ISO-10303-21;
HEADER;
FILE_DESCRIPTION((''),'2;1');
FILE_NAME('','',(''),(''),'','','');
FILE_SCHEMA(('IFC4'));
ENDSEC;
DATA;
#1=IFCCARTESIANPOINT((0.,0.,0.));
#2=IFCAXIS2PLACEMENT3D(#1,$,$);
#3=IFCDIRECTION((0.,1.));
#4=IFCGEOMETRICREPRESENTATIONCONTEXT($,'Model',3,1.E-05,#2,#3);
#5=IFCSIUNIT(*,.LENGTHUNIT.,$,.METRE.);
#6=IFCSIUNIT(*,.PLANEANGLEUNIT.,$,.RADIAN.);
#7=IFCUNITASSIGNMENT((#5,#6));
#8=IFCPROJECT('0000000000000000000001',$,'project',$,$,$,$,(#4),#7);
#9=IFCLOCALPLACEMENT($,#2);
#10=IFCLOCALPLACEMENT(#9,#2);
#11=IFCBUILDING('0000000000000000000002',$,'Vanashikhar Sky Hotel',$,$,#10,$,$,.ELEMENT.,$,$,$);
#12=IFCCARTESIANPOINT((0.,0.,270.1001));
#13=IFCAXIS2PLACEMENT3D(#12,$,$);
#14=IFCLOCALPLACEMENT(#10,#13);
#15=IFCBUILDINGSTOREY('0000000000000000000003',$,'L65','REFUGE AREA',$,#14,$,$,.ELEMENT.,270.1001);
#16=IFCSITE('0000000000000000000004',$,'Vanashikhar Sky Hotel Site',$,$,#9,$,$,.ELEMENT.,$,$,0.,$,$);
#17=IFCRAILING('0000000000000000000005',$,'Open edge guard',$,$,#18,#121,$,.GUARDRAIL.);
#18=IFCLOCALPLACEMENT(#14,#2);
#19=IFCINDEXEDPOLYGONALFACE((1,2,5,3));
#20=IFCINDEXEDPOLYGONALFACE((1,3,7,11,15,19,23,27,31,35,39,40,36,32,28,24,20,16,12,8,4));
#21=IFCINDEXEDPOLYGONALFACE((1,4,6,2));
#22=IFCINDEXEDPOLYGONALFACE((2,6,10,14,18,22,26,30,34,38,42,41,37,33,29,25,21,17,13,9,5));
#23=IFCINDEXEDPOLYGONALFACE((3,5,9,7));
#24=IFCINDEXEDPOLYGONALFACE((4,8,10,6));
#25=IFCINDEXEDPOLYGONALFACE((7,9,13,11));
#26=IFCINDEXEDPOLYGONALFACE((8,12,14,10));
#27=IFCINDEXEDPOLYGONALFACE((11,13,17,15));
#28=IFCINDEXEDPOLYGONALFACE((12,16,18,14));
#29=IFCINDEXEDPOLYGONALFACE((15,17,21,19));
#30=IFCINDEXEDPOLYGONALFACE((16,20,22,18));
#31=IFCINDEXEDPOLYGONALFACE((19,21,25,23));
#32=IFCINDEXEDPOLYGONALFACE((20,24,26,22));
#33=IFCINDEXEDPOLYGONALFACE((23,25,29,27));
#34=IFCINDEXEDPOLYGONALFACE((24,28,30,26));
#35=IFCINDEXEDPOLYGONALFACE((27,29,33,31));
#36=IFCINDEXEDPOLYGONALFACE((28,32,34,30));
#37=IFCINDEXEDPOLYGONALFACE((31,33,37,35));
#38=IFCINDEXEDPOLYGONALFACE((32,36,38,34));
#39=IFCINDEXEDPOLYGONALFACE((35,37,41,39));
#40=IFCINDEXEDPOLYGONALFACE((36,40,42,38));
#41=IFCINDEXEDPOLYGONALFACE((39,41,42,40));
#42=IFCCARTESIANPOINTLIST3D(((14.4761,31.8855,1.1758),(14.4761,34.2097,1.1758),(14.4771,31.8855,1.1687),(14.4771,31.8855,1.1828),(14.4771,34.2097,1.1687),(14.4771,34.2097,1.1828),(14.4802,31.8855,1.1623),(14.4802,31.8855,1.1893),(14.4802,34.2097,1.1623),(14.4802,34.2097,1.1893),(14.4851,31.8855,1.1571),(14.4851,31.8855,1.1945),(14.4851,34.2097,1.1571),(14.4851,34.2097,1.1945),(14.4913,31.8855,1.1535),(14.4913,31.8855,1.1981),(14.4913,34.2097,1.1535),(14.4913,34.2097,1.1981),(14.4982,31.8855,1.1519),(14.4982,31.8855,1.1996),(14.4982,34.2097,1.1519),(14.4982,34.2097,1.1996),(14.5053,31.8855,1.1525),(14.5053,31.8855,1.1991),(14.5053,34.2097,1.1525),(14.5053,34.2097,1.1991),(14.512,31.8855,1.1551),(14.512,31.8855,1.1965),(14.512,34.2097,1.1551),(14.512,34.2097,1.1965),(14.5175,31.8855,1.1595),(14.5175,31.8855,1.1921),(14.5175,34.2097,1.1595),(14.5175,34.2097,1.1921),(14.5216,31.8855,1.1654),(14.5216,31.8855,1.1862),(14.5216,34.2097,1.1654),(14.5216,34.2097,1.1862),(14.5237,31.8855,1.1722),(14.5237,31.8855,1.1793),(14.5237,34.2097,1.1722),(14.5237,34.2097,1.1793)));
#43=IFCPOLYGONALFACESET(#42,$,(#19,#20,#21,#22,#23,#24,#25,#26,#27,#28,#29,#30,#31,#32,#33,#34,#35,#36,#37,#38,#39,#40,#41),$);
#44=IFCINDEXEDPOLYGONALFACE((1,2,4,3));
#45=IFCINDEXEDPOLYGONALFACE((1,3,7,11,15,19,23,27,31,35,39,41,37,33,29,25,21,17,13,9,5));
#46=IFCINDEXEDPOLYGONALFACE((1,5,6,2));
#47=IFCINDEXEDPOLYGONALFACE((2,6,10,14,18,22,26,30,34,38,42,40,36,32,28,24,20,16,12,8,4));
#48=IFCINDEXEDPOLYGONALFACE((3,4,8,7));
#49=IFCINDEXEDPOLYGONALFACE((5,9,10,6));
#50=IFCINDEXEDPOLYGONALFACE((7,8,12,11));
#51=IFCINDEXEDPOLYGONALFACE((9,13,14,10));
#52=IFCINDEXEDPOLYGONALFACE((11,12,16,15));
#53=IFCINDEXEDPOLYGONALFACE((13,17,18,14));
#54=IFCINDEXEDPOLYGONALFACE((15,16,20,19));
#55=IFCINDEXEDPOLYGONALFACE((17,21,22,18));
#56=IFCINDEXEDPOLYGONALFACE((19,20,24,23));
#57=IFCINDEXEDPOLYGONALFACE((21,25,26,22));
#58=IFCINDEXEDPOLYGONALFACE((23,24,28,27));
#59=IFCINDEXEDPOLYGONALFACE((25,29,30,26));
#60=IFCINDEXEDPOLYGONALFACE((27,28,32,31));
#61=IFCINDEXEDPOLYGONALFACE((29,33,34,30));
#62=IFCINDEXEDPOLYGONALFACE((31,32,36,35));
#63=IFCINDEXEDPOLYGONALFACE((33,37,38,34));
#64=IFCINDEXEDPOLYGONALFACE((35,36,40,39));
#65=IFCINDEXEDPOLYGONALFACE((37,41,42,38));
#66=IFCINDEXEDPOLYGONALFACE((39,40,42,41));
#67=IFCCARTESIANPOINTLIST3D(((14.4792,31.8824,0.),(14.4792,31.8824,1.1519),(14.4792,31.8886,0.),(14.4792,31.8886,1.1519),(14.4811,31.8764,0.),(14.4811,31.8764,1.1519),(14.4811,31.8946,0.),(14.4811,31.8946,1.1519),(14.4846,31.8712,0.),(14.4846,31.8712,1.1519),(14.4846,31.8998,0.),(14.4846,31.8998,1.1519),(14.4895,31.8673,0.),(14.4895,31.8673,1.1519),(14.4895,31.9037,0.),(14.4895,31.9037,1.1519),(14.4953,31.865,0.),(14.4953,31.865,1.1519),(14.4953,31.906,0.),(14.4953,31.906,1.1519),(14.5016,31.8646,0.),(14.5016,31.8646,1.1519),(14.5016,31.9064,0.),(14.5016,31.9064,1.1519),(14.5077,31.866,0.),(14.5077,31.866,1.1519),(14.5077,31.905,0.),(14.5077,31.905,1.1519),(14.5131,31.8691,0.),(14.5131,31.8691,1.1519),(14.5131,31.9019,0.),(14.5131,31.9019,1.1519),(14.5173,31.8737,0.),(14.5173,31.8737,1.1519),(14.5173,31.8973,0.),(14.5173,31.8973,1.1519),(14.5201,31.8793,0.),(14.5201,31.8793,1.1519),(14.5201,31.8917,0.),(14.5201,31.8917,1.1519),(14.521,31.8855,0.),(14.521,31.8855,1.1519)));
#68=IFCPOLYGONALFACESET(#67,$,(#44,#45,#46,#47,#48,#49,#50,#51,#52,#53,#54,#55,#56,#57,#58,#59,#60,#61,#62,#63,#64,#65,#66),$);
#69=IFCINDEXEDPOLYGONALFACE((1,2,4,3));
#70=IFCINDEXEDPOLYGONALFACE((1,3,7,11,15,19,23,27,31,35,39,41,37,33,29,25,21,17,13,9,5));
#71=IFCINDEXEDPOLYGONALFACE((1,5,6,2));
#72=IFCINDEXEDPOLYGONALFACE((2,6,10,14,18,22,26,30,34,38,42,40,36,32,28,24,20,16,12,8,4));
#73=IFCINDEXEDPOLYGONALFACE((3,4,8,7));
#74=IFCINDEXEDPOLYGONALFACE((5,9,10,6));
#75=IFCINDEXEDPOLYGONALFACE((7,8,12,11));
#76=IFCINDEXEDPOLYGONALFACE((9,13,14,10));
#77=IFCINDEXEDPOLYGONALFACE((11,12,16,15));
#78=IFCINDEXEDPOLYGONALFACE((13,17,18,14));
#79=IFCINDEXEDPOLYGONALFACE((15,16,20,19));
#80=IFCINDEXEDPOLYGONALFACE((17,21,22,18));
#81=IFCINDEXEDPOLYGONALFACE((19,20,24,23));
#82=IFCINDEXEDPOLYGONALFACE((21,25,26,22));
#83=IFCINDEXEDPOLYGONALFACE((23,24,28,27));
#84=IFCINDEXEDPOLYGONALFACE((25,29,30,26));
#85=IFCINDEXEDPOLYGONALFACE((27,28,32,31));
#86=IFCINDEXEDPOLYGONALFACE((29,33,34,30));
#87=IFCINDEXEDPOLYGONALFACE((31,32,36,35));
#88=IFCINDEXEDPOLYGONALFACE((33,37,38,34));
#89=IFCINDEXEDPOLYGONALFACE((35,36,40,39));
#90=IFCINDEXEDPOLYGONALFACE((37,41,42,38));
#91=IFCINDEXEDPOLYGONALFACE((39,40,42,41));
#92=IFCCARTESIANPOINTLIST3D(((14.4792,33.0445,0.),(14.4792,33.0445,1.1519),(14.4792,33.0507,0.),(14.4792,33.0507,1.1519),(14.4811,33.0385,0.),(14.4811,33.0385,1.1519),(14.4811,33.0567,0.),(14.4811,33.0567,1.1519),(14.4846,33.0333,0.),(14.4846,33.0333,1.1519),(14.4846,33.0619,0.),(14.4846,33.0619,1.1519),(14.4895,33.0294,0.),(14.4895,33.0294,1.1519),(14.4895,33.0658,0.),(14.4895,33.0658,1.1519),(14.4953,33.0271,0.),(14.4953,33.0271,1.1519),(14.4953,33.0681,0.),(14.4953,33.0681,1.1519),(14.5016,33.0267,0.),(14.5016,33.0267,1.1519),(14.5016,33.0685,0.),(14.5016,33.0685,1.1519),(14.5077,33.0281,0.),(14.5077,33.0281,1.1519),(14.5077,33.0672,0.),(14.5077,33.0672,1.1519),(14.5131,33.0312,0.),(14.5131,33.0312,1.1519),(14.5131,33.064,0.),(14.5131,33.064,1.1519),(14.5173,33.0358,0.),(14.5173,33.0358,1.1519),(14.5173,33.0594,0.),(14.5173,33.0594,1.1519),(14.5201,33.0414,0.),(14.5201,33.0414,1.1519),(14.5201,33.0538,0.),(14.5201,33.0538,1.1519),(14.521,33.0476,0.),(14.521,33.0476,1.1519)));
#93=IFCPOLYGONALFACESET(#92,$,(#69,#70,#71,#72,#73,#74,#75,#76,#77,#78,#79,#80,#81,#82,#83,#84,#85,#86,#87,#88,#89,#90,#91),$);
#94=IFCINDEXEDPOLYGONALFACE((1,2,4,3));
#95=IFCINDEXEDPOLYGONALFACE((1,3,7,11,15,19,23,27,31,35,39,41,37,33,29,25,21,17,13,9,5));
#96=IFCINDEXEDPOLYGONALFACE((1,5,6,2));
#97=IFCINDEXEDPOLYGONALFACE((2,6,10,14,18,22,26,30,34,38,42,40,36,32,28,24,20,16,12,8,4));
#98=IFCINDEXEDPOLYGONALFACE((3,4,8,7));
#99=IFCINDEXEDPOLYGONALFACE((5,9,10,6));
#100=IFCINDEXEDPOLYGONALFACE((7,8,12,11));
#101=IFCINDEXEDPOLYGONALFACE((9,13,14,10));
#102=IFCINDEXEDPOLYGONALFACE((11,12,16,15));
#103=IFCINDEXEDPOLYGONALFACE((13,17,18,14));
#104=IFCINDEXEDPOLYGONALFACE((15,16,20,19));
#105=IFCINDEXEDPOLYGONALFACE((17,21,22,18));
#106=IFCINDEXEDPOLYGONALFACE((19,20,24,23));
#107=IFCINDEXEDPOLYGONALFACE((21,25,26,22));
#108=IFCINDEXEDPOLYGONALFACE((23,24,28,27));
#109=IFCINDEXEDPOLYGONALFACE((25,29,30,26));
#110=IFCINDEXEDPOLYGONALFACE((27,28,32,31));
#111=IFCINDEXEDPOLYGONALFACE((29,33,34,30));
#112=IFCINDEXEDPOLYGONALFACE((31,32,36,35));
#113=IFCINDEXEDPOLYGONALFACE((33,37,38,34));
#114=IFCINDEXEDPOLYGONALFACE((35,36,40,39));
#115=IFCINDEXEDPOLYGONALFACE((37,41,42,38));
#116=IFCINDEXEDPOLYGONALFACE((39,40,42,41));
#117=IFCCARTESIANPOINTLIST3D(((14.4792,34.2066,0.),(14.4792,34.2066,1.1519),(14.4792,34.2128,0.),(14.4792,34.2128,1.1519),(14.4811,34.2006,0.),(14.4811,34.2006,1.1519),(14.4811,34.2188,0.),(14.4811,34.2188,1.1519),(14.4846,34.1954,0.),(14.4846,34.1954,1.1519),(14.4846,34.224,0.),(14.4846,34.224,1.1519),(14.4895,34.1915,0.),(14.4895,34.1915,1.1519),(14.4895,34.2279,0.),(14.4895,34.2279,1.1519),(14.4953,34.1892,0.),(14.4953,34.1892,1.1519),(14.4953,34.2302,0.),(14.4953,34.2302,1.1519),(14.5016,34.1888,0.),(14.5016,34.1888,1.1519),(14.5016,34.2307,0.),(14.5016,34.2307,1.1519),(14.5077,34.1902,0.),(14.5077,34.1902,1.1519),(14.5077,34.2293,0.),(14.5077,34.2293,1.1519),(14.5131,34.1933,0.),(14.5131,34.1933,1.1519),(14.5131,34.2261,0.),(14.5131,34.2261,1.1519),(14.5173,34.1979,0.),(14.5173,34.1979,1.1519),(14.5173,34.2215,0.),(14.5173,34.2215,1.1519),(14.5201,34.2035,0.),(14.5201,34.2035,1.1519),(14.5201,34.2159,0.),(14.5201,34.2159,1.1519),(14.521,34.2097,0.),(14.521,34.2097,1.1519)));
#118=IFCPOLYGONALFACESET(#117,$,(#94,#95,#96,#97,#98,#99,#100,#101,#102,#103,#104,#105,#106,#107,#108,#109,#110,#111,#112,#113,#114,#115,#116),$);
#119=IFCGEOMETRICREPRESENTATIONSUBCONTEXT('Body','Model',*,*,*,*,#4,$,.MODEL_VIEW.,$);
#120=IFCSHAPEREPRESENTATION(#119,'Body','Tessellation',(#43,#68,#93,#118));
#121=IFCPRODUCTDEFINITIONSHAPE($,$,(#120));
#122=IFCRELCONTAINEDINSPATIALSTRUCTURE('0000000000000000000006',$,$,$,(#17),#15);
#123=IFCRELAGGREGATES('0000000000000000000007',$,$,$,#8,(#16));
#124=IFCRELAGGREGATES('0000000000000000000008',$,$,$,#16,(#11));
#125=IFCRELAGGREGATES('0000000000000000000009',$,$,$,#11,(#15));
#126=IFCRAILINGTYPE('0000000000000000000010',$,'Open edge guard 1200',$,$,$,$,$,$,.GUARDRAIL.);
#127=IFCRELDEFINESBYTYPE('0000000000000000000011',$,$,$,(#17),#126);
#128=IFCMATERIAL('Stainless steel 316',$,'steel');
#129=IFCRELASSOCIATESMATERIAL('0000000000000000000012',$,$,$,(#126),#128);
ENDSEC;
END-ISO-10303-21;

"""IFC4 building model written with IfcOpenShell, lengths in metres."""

from ifc_helpers import new_model, si_unit, direction, frame, origin, origin_2d, place, context, subcontext, project, spatial, circle, extrude, source, transform, mapped, material, type_object, element, save


model = new_model("IFC4")

# Units and contexts
model_context = context("Model", 3, precision=1e-05, world=origin(), true_north=direction((0.0, 1.0)))
body_context = subcontext(model_context, "Body", "Model", "MODEL_VIEW")
ifc_project = project(units=[si_unit("LENGTHUNIT", "METRE"), si_unit("PLANEANGLEUNIT", "RADIAN")], contexts=[model_context])

# Site, building, storey
site_placement = place(None, origin())
site = spatial("IfcSite", under=ifc_project, at=site_placement, Name="Vanashikhar Sky Hotel Site", CompositionType="ELEMENT", RefElevation=0.0)
building_placement = place(site_placement, origin())
building = spatial("IfcBuilding", under=site, at=building_placement, Name="Vanashikhar Sky Hotel", CompositionType="ELEMENT")
storey_placement = place(building_placement, frame((0.0, 0.0, 270.1001)))
storey = spatial("IfcBuildingStorey", under=building, at=storey_placement, Name="L65", Description="REFUGE AREA", CompositionType="ELEMENT", Elevation=270.1001)

# Railing
ifc_material_1 = material(Name="Stainless steel 316", Category="steel")
railing_type_1 = type_object("IfcRailingType", Name="Open edge guard 1200", PredefinedType="GUARDRAIL", material=ifc_material_1)
shared_shape_1 = source(origin(), body_context, "Body", "SweptSolid", [
    extrude(circle(Radius=0.0239, at=origin_2d()), frame((0.0, 0.0, 1.1758), z_axis=(0.0, 1.0, 0.0), x_axis=(-1.0, 0.0, 0.0)), (0.0, 0.0, 1.0), 2.3242),
    extrude(circle(Radius=0.021, at=origin_2d()), origin(), (0.0, 0.0, 1.0), 1.1519),
    extrude(circle(Radius=0.021, at=origin_2d()), frame((0.0, 1.1621, 0.0)), (0.0, 0.0, 1.0), 1.1519),
    extrude(circle(Radius=0.021, at=origin_2d()), frame((0.0, 2.3242, 0.0)), (0.0, 0.0, 1.0), 1.1519),
])
for number, where, name in (
    (1, (14.5, 31.8855, 0.0), "Open edge guard"),
):
    element("IfcRailing", number, at=place(storey_placement, frame(where)), inside=storey, type_object=railing_type_1, Name=name, PredefinedType="GUARDRAIL", context=body_context, shape_type="MappedRepresentation", body=[
        mapped(shared_shape_1, transform((0.0, 0.0, 0.0), scale=1.0)),
    ])

save(model, "model.ifc")
